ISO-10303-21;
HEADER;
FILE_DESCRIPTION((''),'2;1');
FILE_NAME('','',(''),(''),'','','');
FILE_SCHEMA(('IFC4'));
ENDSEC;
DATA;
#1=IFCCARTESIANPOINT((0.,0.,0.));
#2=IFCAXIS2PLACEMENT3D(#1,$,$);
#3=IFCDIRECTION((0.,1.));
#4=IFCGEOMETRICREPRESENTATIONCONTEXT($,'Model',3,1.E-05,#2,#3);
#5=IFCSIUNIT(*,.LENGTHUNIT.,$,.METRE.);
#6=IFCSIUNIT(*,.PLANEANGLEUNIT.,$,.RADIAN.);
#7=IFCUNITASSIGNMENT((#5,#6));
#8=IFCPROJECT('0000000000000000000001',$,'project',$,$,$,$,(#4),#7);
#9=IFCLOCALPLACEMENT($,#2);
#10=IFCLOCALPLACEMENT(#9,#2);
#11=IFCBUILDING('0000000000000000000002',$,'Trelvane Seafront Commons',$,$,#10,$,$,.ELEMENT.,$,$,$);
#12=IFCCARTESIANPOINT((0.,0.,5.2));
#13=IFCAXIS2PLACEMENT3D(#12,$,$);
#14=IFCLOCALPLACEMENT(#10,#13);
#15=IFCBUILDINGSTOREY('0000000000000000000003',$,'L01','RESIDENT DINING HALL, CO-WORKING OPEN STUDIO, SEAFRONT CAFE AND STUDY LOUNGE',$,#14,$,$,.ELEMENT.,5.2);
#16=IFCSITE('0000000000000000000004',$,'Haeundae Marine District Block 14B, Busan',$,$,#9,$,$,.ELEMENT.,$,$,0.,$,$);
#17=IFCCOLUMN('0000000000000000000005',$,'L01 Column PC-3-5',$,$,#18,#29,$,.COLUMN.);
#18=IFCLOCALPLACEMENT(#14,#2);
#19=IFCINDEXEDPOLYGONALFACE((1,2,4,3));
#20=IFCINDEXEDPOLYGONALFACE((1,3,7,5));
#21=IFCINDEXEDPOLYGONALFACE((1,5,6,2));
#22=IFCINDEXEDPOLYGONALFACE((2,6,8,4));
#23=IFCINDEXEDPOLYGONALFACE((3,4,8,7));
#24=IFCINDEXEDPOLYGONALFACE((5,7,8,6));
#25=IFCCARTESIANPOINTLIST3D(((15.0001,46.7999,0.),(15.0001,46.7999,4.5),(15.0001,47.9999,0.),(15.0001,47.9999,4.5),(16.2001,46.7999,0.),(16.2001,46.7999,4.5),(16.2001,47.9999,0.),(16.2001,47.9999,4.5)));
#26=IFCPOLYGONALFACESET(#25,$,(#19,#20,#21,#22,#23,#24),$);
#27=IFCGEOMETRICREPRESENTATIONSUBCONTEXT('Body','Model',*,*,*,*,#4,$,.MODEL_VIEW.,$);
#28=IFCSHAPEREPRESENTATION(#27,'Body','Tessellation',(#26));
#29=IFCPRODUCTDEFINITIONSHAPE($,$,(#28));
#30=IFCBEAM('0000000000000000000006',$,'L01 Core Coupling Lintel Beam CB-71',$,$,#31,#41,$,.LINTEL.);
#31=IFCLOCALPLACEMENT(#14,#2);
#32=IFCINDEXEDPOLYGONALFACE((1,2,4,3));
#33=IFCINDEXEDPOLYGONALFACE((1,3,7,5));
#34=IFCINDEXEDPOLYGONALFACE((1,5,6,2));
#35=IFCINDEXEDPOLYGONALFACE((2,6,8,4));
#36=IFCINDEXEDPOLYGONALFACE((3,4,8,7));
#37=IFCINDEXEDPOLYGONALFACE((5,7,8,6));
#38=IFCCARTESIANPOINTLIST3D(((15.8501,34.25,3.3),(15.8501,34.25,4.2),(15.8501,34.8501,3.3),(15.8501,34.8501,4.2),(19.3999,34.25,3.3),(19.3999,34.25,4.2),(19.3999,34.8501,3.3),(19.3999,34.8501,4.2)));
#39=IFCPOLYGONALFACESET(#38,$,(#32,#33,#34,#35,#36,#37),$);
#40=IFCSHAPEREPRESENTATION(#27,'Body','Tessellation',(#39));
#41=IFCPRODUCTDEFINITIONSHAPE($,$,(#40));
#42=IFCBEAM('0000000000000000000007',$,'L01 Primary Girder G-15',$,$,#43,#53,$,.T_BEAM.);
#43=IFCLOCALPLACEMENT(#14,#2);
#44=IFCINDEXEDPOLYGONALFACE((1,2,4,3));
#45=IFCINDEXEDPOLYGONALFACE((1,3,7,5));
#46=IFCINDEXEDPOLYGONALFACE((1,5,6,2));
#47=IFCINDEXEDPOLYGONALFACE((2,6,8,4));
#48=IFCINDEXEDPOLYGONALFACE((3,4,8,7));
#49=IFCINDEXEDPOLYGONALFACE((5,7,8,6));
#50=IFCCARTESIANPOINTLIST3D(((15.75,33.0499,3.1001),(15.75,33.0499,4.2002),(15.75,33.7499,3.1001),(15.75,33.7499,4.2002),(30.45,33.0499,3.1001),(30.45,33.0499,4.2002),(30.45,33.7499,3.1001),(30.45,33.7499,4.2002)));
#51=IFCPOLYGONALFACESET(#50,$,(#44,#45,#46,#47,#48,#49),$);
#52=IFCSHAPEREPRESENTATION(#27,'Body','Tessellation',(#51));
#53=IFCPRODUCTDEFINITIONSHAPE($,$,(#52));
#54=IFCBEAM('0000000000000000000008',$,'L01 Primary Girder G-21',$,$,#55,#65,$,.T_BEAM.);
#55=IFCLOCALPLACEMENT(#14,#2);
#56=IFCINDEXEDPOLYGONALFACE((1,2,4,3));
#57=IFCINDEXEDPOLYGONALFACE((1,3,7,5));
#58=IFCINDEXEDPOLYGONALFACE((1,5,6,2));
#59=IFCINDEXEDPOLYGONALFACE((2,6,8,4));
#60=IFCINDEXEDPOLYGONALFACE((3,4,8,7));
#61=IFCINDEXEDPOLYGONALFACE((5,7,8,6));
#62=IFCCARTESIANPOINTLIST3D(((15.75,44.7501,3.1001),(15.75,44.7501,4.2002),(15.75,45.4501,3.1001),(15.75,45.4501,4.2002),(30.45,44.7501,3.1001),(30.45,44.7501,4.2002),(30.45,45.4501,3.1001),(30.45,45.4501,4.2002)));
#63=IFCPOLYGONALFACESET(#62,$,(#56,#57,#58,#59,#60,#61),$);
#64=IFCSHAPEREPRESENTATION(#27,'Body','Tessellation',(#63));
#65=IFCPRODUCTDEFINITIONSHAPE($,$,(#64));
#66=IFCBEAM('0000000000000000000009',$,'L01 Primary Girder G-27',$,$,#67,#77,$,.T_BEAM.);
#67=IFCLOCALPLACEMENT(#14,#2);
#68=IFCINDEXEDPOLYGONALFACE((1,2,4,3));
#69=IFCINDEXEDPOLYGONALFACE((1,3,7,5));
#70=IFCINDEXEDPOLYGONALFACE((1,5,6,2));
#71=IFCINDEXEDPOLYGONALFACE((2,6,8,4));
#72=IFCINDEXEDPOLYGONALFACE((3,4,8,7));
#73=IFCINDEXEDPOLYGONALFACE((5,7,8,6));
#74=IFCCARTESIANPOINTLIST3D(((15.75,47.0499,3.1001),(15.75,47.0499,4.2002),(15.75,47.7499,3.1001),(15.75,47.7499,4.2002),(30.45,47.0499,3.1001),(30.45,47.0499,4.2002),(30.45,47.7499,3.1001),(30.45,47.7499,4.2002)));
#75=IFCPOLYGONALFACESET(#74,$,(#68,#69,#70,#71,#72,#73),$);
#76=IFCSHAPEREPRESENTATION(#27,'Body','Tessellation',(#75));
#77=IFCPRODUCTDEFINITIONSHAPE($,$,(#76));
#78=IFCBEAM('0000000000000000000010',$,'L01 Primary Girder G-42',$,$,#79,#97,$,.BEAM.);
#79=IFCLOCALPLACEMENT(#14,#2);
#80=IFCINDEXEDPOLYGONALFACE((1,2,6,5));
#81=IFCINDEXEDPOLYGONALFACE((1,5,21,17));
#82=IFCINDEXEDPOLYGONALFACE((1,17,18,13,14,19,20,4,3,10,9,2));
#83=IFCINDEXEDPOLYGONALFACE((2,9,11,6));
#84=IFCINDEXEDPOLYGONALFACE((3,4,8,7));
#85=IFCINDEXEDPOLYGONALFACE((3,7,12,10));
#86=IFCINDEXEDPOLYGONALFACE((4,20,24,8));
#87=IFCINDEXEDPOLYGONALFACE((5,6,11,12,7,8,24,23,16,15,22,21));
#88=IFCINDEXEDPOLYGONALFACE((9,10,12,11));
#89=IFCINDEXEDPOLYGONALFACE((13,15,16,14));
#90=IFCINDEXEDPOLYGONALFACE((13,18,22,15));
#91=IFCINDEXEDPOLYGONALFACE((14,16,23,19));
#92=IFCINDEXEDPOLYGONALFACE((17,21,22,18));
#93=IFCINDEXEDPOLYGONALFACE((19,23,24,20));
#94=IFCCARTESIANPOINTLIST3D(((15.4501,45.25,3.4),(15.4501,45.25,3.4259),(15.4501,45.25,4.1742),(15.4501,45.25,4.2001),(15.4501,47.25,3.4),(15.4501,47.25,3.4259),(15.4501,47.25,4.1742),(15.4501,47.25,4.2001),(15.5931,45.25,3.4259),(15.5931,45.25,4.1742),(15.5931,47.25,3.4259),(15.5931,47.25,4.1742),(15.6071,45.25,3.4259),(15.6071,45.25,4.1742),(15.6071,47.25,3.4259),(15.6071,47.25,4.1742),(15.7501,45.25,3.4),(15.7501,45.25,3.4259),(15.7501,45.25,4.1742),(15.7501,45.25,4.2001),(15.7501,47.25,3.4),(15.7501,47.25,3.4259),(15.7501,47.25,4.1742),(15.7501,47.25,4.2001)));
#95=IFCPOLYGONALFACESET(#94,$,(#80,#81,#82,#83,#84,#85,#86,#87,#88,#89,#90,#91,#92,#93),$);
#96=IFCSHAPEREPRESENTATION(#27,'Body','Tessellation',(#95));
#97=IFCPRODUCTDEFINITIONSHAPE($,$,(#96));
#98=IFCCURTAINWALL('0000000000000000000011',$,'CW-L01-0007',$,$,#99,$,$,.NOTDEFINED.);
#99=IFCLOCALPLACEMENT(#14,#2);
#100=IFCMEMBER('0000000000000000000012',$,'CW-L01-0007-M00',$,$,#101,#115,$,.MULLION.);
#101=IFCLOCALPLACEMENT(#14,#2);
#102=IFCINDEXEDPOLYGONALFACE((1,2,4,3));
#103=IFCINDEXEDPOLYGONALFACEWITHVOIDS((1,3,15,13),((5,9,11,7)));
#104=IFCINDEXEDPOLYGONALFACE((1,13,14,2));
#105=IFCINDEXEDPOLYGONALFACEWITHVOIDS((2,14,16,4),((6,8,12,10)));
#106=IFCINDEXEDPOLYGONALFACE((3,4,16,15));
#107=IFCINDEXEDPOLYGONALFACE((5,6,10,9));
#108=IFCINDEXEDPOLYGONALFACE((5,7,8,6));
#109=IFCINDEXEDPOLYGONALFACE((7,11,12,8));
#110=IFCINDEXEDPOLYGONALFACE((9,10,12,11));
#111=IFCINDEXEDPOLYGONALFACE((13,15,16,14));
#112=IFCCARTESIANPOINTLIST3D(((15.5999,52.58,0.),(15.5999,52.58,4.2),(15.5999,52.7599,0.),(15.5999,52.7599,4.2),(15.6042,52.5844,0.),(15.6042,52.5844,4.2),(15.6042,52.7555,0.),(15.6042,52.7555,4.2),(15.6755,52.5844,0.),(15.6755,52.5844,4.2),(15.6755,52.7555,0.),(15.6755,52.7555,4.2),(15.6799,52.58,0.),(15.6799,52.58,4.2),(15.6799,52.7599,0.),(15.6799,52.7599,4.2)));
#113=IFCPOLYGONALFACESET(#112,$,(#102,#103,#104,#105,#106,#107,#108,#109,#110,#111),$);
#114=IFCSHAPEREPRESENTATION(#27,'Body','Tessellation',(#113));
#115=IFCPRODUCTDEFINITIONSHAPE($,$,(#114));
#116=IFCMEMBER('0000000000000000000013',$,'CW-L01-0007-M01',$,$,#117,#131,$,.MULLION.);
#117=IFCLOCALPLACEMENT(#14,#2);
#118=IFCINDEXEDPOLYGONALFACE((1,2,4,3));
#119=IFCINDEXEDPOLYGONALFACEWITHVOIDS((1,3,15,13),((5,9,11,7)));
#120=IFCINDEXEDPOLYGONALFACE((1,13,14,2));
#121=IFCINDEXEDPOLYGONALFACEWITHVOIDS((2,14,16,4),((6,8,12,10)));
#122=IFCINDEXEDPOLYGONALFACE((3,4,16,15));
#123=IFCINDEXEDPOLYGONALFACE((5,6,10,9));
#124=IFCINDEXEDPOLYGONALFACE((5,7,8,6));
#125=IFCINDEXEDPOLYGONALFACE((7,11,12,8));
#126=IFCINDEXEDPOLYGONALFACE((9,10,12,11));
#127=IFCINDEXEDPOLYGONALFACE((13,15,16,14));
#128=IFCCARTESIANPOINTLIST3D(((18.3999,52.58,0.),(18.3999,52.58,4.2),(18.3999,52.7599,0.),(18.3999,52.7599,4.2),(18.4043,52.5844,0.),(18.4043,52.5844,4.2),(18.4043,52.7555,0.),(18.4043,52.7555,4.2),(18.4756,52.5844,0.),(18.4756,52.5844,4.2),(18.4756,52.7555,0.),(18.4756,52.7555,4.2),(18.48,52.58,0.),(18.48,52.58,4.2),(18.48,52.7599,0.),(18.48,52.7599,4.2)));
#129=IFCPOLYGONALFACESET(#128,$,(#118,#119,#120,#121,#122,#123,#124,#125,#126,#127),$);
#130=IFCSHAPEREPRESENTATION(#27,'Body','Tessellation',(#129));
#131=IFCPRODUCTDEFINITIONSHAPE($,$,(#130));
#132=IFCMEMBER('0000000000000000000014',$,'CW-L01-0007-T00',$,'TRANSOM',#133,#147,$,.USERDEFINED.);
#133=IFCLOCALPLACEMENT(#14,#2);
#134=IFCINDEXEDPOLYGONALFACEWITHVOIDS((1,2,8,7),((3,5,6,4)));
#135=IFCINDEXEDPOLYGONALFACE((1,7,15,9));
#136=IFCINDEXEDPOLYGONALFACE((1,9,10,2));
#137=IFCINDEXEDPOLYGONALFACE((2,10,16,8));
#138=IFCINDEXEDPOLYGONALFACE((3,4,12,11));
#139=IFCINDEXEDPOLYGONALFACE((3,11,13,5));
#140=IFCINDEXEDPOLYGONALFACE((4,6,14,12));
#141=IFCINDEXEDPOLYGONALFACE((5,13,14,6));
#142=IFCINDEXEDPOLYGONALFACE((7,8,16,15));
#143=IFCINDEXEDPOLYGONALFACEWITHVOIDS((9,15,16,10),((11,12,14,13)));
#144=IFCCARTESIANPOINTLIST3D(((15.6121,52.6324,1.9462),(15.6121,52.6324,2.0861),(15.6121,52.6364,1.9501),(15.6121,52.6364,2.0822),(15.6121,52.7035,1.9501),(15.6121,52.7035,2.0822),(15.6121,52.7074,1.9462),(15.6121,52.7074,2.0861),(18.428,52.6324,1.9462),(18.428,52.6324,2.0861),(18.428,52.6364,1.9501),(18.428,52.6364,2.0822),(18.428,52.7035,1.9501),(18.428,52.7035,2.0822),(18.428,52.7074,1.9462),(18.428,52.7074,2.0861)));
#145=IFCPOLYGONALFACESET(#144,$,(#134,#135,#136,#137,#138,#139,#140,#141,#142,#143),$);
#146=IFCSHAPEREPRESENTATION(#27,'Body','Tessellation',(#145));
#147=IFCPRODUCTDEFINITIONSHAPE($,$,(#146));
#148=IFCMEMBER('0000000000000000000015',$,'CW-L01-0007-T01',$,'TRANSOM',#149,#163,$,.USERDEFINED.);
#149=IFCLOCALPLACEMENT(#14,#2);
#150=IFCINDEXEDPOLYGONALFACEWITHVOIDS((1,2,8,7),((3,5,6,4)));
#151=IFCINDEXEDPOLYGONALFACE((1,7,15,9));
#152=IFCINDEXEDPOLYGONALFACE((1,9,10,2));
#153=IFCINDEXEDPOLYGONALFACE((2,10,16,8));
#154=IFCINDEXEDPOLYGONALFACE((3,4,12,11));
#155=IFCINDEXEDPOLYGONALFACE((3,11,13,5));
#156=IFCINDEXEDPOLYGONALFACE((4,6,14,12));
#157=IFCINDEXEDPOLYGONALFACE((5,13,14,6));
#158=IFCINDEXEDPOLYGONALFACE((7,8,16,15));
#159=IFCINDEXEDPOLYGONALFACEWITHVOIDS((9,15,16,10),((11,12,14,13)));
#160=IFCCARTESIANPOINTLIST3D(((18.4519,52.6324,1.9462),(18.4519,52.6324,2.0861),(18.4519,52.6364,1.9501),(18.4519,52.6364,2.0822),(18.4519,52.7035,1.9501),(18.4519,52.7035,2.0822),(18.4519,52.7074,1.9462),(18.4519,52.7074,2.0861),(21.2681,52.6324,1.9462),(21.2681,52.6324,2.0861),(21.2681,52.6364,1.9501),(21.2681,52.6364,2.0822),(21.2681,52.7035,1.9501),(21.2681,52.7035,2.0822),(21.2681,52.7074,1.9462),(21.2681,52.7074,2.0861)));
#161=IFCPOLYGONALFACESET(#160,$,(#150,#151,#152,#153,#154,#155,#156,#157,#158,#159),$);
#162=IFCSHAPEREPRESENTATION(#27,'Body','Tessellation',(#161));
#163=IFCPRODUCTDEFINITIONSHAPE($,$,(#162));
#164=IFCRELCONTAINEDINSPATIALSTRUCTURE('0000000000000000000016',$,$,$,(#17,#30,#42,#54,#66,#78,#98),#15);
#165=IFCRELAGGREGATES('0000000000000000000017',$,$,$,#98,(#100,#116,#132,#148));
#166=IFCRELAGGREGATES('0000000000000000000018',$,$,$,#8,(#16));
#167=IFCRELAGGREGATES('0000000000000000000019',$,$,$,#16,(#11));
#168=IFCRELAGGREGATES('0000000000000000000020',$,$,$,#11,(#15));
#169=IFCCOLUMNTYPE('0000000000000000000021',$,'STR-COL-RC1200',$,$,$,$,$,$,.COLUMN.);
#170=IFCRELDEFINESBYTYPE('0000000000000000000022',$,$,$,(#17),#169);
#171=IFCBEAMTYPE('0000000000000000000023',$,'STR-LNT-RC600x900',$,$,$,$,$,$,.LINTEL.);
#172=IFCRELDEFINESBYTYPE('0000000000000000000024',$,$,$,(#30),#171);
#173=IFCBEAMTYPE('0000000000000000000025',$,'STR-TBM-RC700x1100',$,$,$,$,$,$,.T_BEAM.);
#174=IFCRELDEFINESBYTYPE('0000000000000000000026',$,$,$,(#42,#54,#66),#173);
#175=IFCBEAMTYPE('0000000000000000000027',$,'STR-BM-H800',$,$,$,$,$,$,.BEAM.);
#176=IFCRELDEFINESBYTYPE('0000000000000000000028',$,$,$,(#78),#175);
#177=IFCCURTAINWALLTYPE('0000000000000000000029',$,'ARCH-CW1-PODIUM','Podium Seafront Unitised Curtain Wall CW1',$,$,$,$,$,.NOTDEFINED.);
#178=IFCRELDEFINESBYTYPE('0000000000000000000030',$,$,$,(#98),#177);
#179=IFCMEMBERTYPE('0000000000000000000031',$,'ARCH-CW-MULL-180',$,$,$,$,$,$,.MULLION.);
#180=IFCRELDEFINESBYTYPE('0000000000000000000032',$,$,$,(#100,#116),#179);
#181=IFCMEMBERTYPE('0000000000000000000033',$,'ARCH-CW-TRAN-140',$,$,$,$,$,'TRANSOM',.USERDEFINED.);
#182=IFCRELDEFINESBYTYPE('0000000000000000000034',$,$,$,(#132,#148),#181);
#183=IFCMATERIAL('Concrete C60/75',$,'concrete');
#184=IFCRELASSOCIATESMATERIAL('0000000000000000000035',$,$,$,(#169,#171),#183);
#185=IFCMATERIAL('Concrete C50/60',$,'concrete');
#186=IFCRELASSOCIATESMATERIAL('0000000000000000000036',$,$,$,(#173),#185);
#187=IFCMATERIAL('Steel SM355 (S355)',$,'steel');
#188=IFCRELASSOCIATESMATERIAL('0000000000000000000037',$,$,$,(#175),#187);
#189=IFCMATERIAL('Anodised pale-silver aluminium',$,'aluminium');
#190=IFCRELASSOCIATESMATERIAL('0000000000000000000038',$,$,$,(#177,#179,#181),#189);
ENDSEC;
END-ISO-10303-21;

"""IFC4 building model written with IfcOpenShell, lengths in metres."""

from ifc_helpers import new_model, si_unit, direction, frame, origin, origin_2d, place, context, subcontext, project, spatial, rectangle, hollow_rectangle, i_section, extrude, source, transform, mapped, material, material_profile, profile_set, type_object, element, aggregate, save


model = new_model("IFC4")

# Units and contexts
model_context = context("Model", 3, precision=1e-05, world=origin(), true_north=direction((0.0, 1.0)))
body_context = subcontext(model_context, "Body", "Model", "MODEL_VIEW")
ifc_project = project(units=[si_unit("LENGTHUNIT", "METRE"), si_unit("PLANEANGLEUNIT", "RADIAN")], contexts=[model_context])

# Site, building, storey
site_placement = place(None, origin())
site = spatial("IfcSite", under=ifc_project, at=site_placement, Name="Haeundae Marine District Block 14B, Busan", CompositionType="ELEMENT", RefElevation=0.0)
building_placement = place(site_placement, origin())
building = spatial("IfcBuilding", under=site, at=building_placement, Name="Trelvane Seafront Commons", CompositionType="ELEMENT")
storey_placement = place(building_placement, frame((0.0, 0.0, 5.2)))
storey = spatial("IfcBuildingStorey", under=building, at=storey_placement, Name="L01", Description="RESIDENT DINING HALL, CO-WORKING OPEN STUDIO, SEAFRONT CAFE AND STUDY LOUNGE", CompositionType="ELEMENT", Elevation=5.2)

# Column
ifc_material_1 = material(Name="Concrete C60/75", Category="concrete")
ifc_material_profile_1 = material_profile(ifc_material_1, rectangle(XDim=1.2, YDim=1.2, at=origin_2d()), Name="RC-1200x1200")
ifc_profile_set_1 = profile_set([ifc_material_profile_1], Name="Concrete C60/75")
column_type = type_object("IfcColumnType", Name="STR-COL-RC1200", PredefinedType="COLUMN", material=ifc_profile_set_1)
shared_shape_1 = source(origin(), body_context, "Body", "SweptSolid", [
    extrude(rectangle(XDim=1.2, YDim=1.2, at=origin_2d()), origin(), (0.0, 0.0, 1.0), 4.5),
])
column_placement = place(storey_placement, frame((15.6001, 47.3999, 0.0), z_axis=(0.0, 0.0, 1.0), x_axis=(1.0, 0.0, 0.0)))
element("IfcColumn", 1, at=column_placement, inside=storey, type_object=column_type, Name="L01 Column PC-3-5", PredefinedType="COLUMN", context=body_context, shape_type="MappedRepresentation", body=[
    mapped(shared_shape_1, transform((0.0, 0.0, 0.0), x_axis=(1.0, 0.0, 0.0), y_axis=(0.0, 1.0, 0.0), z_axis=(0.0, 0.0, 1.0), scale=1.0)),
])

# Beams
ifc_material_profile_2 = material_profile(ifc_material_1, rectangle(XDim=0.6001, YDim=0.8999, at=origin_2d()), Name="RC-600x900")
ifc_profile_set_2 = profile_set([ifc_material_profile_2], Name="Concrete C60/75")
beam_type_1 = type_object("IfcBeamType", Name="STR-LNT-RC600x900", PredefinedType="LINTEL", material=ifc_profile_set_2)
shared_shape_2 = source(origin(), body_context, "Body", "SweptSolid", [
    extrude(rectangle(XDim=0.6001, YDim=0.8999, at=origin_2d()), origin(), (0.0, 0.0, 1.0), 3.5498),
])
beam_1_placement = place(storey_placement, frame((15.8501, 34.55, 3.75), z_axis=(1.0, 0.0, 0.0), x_axis=(0.0, 1.0, 0.0)))
element("IfcBeam", 2, at=beam_1_placement, inside=storey, type_object=beam_type_1, Name="L01 Core Coupling Lintel Beam CB-71", PredefinedType="LINTEL", context=body_context, shape_type="MappedRepresentation", body=[
    mapped(shared_shape_2, transform((0.0, 0.0, 0.0), x_axis=(1.0, 0.0, 0.0), y_axis=(0.0, 1.0, 0.0), z_axis=(0.0, 0.0, 1.0), scale=1.0)),
])
ifc_material_2 = material(Name="Concrete C50/60", Category="concrete")
ifc_material_profile_3 = material_profile(ifc_material_2, rectangle(XDim=0.7, YDim=1.1001, at=origin_2d()), Name="RC-700x1100")
ifc_profile_set_3 = profile_set([ifc_material_profile_3], Name="Concrete C50/60")
beam_type_2 = type_object("IfcBeamType", Name="STR-TBM-RC700x1100", PredefinedType="T_BEAM", material=ifc_profile_set_3)
shared_shape_3 = source(origin(), body_context, "Body", "SweptSolid", [
    extrude(rectangle(XDim=0.7, YDim=1.1001, at=origin_2d()), origin(), (0.0, 0.0, 1.0), 14.7),
])
for number, where, z_axis, x_axis, name in (
    (3, (15.75, 33.3999, 3.6501), (1.0, 0.0, 0.0), (0.0, 1.0, 0.0), "L01 Primary Girder G-15"),
    (4, (15.75, 45.1001, 3.6501), (1.0, 0.0, 0.0), (0.0, 1.0, 0.0), "L01 Primary Girder G-21"),
    (5, (15.75, 47.3999, 3.6501), (1.0, 0.0, 0.0), (0.0, 1.0, 0.0), "L01 Primary Girder G-27"),
):
    element("IfcBeam", number, at=place(storey_placement, frame(where, z_axis=z_axis, x_axis=x_axis)), inside=storey, type_object=beam_type_2, Name=name, PredefinedType="T_BEAM", context=body_context, shape_type="MappedRepresentation", body=[
        mapped(shared_shape_3, transform((0.0, 0.0, 0.0), x_axis=(1.0, 0.0, 0.0), y_axis=(0.0, 1.0, 0.0), z_axis=(0.0, 0.0, 1.0), scale=1.0)),
    ])
ifc_material_3 = material(Name="Steel SM355 (S355)", Category="steel")
ifc_material_profile_4 = material_profile(ifc_material_3, i_section(OverallWidth=0.3, OverallDepth=0.8, WebThickness=0.0139, FlangeThickness=0.0259, at=origin_2d()), Name="H-800x300x14x26")
ifc_profile_set_4 = profile_set([ifc_material_profile_4], Name="Steel SM355 (S355)")
beam_type_3 = type_object("IfcBeamType", Name="STR-BM-H800", PredefinedType="BEAM", material=ifc_profile_set_4)
shared_shape_4 = source(origin(), body_context, "Body", "SweptSolid", [
    extrude(i_section(OverallWidth=0.3, OverallDepth=0.8, WebThickness=0.0139, FlangeThickness=0.0259, at=origin_2d()), origin(), (0.0, 0.0, 1.0), 2.0),
])
beam_2_placement = place(storey_placement, frame((15.6001, 45.25, 3.8), z_axis=(0.0, 1.0, 0.0), x_axis=(-1.0, 0.0, 0.0)))
element("IfcBeam", 6, at=beam_2_placement, inside=storey, type_object=beam_type_3, Name="L01 Primary Girder G-42", PredefinedType="BEAM", context=body_context, shape_type="MappedRepresentation", body=[
    mapped(shared_shape_4, transform((0.0, 0.0, 0.0), x_axis=(1.0, 0.0, 0.0), y_axis=(0.0, 1.0, 0.0), z_axis=(0.0, 0.0, 1.0), scale=1.0)),
])

# Curtain wall, members
ifc_material_4 = material(Name="Anodised pale-silver aluminium", Category="aluminium")
curtain_wall_type = type_object("IfcCurtainWallType", Name="ARCH-CW1-PODIUM", Description="Podium Seafront Unitised Curtain Wall CW1", PredefinedType="NOTDEFINED", material=ifc_material_4)
curtain_wall_placement = place(storey_placement, origin())
curtain_wall = element("IfcCurtainWall", 7, at=curtain_wall_placement, inside=storey, type_object=curtain_wall_type, Name="CW-L01-0007", PredefinedType="NOTDEFINED")
ifc_material_profile_5 = material_profile(ifc_material_4, hollow_rectangle(XDim=0.0801, YDim=0.1799, WallThickness=0.0044, at=origin_2d()), Name="MULL-80x180x4.5")
ifc_profile_set_5 = profile_set([ifc_material_profile_5], Name="Anodised pale-silver aluminium")
member_type_1 = type_object("IfcMemberType", Name="ARCH-CW-MULL-180", PredefinedType="MULLION", material=ifc_profile_set_5)
shared_shape_5 = source(origin(), body_context, "Body", "SweptSolid", [
    extrude(hollow_rectangle(XDim=0.0801, YDim=0.1799, WallThickness=0.0044, at=origin_2d()), origin(), (0.0, 0.0, 1.0), 4.2),
])
member_1_placement = place(storey_placement, frame((15.6399, 52.6699, 0.0), z_axis=(0.0, 0.0, 1.0), x_axis=(1.0, 0.0, 0.0)))
member_1 = element("IfcMember", 8, at=member_1_placement, type_object=member_type_1, Name="CW-L01-0007-M00", PredefinedType="MULLION", context=body_context, shape_type="MappedRepresentation", body=[
    mapped(shared_shape_5, transform((0.0, 0.0, 0.0), x_axis=(1.0, 0.0, 0.0), y_axis=(0.0, 1.0, 0.0), z_axis=(0.0, 0.0, 1.0), scale=1.0)),
])
member_2_placement = place(storey_placement, frame((18.4399, 52.6699, 0.0), z_axis=(0.0, 0.0, 1.0), x_axis=(1.0, 0.0, 0.0)))
member_2 = element("IfcMember", 9, at=member_2_placement, type_object=member_type_1, Name="CW-L01-0007-M01", PredefinedType="MULLION", context=body_context, shape_type="MappedRepresentation", body=[
    mapped(shared_shape_5, transform((0.0, 0.0, 0.0), x_axis=(1.0, 0.0, 0.0), y_axis=(0.0, 1.0, 0.0), z_axis=(0.0, 0.0, 1.0), scale=1.0)),
])
ifc_material_profile_6 = material_profile(ifc_material_4, hollow_rectangle(XDim=0.075, YDim=0.1399, WallThickness=0.0039, at=origin_2d()), Name="TRAN-75x140x4")
ifc_profile_set_6 = profile_set([ifc_material_profile_6], Name="Anodised pale-silver aluminium")
member_type_2 = type_object("IfcMemberType", Name="ARCH-CW-TRAN-140", ElementType="TRANSOM", PredefinedType="USERDEFINED", material=ifc_profile_set_6)
shared_shape_6 = source(origin(), body_context, "Body", "SweptSolid", [
    extrude(hollow_rectangle(XDim=0.075, YDim=0.1399, WallThickness=0.0039, at=origin_2d()), origin(), (0.0, 0.0, 1.0), 2.8159),
])
member_3_placement = place(storey_placement, frame((15.6121, 52.6699, 2.0161), z_axis=(1.0, 0.0, 0.0), x_axis=(0.0, 1.0, 0.0)))
member_3 = element("IfcMember", 10, at=member_3_placement, type_object=member_type_2, Name="CW-L01-0007-T00", ObjectType="TRANSOM", PredefinedType="USERDEFINED", context=body_context, shape_type="MappedRepresentation", body=[
    mapped(shared_shape_6, transform((0.0, 0.0, 0.0), x_axis=(1.0, 0.0, 0.0), y_axis=(0.0, 1.0, 0.0), z_axis=(0.0, 0.0, 1.0), scale=1.0)),
])
shared_shape_7 = source(origin(), body_context, "Body", "SweptSolid", [
    extrude(hollow_rectangle(XDim=0.075, YDim=0.1399, WallThickness=0.0039, at=origin_2d()), origin(), (0.0, 0.0, 1.0), 2.8162),
])
member_4_placement = place(storey_placement, frame((18.4519, 52.6699, 2.0161), z_axis=(1.0, 0.0, 0.0), x_axis=(0.0, 1.0, 0.0)))
member_4 = element("IfcMember", 11, at=member_4_placement, type_object=member_type_2, Name="CW-L01-0007-T01", ObjectType="TRANSOM", PredefinedType="USERDEFINED", context=body_context, shape_type="MappedRepresentation", body=[
    mapped(shared_shape_7, transform((0.0, 0.0, 0.0), x_axis=(1.0, 0.0, 0.0), y_axis=(0.0, 1.0, 0.0), z_axis=(0.0, 0.0, 1.0), scale=1.0)),
])
aggregate(curtain_wall, [member_1, member_2, member_3, member_4])

save(model, "model.ifc")
